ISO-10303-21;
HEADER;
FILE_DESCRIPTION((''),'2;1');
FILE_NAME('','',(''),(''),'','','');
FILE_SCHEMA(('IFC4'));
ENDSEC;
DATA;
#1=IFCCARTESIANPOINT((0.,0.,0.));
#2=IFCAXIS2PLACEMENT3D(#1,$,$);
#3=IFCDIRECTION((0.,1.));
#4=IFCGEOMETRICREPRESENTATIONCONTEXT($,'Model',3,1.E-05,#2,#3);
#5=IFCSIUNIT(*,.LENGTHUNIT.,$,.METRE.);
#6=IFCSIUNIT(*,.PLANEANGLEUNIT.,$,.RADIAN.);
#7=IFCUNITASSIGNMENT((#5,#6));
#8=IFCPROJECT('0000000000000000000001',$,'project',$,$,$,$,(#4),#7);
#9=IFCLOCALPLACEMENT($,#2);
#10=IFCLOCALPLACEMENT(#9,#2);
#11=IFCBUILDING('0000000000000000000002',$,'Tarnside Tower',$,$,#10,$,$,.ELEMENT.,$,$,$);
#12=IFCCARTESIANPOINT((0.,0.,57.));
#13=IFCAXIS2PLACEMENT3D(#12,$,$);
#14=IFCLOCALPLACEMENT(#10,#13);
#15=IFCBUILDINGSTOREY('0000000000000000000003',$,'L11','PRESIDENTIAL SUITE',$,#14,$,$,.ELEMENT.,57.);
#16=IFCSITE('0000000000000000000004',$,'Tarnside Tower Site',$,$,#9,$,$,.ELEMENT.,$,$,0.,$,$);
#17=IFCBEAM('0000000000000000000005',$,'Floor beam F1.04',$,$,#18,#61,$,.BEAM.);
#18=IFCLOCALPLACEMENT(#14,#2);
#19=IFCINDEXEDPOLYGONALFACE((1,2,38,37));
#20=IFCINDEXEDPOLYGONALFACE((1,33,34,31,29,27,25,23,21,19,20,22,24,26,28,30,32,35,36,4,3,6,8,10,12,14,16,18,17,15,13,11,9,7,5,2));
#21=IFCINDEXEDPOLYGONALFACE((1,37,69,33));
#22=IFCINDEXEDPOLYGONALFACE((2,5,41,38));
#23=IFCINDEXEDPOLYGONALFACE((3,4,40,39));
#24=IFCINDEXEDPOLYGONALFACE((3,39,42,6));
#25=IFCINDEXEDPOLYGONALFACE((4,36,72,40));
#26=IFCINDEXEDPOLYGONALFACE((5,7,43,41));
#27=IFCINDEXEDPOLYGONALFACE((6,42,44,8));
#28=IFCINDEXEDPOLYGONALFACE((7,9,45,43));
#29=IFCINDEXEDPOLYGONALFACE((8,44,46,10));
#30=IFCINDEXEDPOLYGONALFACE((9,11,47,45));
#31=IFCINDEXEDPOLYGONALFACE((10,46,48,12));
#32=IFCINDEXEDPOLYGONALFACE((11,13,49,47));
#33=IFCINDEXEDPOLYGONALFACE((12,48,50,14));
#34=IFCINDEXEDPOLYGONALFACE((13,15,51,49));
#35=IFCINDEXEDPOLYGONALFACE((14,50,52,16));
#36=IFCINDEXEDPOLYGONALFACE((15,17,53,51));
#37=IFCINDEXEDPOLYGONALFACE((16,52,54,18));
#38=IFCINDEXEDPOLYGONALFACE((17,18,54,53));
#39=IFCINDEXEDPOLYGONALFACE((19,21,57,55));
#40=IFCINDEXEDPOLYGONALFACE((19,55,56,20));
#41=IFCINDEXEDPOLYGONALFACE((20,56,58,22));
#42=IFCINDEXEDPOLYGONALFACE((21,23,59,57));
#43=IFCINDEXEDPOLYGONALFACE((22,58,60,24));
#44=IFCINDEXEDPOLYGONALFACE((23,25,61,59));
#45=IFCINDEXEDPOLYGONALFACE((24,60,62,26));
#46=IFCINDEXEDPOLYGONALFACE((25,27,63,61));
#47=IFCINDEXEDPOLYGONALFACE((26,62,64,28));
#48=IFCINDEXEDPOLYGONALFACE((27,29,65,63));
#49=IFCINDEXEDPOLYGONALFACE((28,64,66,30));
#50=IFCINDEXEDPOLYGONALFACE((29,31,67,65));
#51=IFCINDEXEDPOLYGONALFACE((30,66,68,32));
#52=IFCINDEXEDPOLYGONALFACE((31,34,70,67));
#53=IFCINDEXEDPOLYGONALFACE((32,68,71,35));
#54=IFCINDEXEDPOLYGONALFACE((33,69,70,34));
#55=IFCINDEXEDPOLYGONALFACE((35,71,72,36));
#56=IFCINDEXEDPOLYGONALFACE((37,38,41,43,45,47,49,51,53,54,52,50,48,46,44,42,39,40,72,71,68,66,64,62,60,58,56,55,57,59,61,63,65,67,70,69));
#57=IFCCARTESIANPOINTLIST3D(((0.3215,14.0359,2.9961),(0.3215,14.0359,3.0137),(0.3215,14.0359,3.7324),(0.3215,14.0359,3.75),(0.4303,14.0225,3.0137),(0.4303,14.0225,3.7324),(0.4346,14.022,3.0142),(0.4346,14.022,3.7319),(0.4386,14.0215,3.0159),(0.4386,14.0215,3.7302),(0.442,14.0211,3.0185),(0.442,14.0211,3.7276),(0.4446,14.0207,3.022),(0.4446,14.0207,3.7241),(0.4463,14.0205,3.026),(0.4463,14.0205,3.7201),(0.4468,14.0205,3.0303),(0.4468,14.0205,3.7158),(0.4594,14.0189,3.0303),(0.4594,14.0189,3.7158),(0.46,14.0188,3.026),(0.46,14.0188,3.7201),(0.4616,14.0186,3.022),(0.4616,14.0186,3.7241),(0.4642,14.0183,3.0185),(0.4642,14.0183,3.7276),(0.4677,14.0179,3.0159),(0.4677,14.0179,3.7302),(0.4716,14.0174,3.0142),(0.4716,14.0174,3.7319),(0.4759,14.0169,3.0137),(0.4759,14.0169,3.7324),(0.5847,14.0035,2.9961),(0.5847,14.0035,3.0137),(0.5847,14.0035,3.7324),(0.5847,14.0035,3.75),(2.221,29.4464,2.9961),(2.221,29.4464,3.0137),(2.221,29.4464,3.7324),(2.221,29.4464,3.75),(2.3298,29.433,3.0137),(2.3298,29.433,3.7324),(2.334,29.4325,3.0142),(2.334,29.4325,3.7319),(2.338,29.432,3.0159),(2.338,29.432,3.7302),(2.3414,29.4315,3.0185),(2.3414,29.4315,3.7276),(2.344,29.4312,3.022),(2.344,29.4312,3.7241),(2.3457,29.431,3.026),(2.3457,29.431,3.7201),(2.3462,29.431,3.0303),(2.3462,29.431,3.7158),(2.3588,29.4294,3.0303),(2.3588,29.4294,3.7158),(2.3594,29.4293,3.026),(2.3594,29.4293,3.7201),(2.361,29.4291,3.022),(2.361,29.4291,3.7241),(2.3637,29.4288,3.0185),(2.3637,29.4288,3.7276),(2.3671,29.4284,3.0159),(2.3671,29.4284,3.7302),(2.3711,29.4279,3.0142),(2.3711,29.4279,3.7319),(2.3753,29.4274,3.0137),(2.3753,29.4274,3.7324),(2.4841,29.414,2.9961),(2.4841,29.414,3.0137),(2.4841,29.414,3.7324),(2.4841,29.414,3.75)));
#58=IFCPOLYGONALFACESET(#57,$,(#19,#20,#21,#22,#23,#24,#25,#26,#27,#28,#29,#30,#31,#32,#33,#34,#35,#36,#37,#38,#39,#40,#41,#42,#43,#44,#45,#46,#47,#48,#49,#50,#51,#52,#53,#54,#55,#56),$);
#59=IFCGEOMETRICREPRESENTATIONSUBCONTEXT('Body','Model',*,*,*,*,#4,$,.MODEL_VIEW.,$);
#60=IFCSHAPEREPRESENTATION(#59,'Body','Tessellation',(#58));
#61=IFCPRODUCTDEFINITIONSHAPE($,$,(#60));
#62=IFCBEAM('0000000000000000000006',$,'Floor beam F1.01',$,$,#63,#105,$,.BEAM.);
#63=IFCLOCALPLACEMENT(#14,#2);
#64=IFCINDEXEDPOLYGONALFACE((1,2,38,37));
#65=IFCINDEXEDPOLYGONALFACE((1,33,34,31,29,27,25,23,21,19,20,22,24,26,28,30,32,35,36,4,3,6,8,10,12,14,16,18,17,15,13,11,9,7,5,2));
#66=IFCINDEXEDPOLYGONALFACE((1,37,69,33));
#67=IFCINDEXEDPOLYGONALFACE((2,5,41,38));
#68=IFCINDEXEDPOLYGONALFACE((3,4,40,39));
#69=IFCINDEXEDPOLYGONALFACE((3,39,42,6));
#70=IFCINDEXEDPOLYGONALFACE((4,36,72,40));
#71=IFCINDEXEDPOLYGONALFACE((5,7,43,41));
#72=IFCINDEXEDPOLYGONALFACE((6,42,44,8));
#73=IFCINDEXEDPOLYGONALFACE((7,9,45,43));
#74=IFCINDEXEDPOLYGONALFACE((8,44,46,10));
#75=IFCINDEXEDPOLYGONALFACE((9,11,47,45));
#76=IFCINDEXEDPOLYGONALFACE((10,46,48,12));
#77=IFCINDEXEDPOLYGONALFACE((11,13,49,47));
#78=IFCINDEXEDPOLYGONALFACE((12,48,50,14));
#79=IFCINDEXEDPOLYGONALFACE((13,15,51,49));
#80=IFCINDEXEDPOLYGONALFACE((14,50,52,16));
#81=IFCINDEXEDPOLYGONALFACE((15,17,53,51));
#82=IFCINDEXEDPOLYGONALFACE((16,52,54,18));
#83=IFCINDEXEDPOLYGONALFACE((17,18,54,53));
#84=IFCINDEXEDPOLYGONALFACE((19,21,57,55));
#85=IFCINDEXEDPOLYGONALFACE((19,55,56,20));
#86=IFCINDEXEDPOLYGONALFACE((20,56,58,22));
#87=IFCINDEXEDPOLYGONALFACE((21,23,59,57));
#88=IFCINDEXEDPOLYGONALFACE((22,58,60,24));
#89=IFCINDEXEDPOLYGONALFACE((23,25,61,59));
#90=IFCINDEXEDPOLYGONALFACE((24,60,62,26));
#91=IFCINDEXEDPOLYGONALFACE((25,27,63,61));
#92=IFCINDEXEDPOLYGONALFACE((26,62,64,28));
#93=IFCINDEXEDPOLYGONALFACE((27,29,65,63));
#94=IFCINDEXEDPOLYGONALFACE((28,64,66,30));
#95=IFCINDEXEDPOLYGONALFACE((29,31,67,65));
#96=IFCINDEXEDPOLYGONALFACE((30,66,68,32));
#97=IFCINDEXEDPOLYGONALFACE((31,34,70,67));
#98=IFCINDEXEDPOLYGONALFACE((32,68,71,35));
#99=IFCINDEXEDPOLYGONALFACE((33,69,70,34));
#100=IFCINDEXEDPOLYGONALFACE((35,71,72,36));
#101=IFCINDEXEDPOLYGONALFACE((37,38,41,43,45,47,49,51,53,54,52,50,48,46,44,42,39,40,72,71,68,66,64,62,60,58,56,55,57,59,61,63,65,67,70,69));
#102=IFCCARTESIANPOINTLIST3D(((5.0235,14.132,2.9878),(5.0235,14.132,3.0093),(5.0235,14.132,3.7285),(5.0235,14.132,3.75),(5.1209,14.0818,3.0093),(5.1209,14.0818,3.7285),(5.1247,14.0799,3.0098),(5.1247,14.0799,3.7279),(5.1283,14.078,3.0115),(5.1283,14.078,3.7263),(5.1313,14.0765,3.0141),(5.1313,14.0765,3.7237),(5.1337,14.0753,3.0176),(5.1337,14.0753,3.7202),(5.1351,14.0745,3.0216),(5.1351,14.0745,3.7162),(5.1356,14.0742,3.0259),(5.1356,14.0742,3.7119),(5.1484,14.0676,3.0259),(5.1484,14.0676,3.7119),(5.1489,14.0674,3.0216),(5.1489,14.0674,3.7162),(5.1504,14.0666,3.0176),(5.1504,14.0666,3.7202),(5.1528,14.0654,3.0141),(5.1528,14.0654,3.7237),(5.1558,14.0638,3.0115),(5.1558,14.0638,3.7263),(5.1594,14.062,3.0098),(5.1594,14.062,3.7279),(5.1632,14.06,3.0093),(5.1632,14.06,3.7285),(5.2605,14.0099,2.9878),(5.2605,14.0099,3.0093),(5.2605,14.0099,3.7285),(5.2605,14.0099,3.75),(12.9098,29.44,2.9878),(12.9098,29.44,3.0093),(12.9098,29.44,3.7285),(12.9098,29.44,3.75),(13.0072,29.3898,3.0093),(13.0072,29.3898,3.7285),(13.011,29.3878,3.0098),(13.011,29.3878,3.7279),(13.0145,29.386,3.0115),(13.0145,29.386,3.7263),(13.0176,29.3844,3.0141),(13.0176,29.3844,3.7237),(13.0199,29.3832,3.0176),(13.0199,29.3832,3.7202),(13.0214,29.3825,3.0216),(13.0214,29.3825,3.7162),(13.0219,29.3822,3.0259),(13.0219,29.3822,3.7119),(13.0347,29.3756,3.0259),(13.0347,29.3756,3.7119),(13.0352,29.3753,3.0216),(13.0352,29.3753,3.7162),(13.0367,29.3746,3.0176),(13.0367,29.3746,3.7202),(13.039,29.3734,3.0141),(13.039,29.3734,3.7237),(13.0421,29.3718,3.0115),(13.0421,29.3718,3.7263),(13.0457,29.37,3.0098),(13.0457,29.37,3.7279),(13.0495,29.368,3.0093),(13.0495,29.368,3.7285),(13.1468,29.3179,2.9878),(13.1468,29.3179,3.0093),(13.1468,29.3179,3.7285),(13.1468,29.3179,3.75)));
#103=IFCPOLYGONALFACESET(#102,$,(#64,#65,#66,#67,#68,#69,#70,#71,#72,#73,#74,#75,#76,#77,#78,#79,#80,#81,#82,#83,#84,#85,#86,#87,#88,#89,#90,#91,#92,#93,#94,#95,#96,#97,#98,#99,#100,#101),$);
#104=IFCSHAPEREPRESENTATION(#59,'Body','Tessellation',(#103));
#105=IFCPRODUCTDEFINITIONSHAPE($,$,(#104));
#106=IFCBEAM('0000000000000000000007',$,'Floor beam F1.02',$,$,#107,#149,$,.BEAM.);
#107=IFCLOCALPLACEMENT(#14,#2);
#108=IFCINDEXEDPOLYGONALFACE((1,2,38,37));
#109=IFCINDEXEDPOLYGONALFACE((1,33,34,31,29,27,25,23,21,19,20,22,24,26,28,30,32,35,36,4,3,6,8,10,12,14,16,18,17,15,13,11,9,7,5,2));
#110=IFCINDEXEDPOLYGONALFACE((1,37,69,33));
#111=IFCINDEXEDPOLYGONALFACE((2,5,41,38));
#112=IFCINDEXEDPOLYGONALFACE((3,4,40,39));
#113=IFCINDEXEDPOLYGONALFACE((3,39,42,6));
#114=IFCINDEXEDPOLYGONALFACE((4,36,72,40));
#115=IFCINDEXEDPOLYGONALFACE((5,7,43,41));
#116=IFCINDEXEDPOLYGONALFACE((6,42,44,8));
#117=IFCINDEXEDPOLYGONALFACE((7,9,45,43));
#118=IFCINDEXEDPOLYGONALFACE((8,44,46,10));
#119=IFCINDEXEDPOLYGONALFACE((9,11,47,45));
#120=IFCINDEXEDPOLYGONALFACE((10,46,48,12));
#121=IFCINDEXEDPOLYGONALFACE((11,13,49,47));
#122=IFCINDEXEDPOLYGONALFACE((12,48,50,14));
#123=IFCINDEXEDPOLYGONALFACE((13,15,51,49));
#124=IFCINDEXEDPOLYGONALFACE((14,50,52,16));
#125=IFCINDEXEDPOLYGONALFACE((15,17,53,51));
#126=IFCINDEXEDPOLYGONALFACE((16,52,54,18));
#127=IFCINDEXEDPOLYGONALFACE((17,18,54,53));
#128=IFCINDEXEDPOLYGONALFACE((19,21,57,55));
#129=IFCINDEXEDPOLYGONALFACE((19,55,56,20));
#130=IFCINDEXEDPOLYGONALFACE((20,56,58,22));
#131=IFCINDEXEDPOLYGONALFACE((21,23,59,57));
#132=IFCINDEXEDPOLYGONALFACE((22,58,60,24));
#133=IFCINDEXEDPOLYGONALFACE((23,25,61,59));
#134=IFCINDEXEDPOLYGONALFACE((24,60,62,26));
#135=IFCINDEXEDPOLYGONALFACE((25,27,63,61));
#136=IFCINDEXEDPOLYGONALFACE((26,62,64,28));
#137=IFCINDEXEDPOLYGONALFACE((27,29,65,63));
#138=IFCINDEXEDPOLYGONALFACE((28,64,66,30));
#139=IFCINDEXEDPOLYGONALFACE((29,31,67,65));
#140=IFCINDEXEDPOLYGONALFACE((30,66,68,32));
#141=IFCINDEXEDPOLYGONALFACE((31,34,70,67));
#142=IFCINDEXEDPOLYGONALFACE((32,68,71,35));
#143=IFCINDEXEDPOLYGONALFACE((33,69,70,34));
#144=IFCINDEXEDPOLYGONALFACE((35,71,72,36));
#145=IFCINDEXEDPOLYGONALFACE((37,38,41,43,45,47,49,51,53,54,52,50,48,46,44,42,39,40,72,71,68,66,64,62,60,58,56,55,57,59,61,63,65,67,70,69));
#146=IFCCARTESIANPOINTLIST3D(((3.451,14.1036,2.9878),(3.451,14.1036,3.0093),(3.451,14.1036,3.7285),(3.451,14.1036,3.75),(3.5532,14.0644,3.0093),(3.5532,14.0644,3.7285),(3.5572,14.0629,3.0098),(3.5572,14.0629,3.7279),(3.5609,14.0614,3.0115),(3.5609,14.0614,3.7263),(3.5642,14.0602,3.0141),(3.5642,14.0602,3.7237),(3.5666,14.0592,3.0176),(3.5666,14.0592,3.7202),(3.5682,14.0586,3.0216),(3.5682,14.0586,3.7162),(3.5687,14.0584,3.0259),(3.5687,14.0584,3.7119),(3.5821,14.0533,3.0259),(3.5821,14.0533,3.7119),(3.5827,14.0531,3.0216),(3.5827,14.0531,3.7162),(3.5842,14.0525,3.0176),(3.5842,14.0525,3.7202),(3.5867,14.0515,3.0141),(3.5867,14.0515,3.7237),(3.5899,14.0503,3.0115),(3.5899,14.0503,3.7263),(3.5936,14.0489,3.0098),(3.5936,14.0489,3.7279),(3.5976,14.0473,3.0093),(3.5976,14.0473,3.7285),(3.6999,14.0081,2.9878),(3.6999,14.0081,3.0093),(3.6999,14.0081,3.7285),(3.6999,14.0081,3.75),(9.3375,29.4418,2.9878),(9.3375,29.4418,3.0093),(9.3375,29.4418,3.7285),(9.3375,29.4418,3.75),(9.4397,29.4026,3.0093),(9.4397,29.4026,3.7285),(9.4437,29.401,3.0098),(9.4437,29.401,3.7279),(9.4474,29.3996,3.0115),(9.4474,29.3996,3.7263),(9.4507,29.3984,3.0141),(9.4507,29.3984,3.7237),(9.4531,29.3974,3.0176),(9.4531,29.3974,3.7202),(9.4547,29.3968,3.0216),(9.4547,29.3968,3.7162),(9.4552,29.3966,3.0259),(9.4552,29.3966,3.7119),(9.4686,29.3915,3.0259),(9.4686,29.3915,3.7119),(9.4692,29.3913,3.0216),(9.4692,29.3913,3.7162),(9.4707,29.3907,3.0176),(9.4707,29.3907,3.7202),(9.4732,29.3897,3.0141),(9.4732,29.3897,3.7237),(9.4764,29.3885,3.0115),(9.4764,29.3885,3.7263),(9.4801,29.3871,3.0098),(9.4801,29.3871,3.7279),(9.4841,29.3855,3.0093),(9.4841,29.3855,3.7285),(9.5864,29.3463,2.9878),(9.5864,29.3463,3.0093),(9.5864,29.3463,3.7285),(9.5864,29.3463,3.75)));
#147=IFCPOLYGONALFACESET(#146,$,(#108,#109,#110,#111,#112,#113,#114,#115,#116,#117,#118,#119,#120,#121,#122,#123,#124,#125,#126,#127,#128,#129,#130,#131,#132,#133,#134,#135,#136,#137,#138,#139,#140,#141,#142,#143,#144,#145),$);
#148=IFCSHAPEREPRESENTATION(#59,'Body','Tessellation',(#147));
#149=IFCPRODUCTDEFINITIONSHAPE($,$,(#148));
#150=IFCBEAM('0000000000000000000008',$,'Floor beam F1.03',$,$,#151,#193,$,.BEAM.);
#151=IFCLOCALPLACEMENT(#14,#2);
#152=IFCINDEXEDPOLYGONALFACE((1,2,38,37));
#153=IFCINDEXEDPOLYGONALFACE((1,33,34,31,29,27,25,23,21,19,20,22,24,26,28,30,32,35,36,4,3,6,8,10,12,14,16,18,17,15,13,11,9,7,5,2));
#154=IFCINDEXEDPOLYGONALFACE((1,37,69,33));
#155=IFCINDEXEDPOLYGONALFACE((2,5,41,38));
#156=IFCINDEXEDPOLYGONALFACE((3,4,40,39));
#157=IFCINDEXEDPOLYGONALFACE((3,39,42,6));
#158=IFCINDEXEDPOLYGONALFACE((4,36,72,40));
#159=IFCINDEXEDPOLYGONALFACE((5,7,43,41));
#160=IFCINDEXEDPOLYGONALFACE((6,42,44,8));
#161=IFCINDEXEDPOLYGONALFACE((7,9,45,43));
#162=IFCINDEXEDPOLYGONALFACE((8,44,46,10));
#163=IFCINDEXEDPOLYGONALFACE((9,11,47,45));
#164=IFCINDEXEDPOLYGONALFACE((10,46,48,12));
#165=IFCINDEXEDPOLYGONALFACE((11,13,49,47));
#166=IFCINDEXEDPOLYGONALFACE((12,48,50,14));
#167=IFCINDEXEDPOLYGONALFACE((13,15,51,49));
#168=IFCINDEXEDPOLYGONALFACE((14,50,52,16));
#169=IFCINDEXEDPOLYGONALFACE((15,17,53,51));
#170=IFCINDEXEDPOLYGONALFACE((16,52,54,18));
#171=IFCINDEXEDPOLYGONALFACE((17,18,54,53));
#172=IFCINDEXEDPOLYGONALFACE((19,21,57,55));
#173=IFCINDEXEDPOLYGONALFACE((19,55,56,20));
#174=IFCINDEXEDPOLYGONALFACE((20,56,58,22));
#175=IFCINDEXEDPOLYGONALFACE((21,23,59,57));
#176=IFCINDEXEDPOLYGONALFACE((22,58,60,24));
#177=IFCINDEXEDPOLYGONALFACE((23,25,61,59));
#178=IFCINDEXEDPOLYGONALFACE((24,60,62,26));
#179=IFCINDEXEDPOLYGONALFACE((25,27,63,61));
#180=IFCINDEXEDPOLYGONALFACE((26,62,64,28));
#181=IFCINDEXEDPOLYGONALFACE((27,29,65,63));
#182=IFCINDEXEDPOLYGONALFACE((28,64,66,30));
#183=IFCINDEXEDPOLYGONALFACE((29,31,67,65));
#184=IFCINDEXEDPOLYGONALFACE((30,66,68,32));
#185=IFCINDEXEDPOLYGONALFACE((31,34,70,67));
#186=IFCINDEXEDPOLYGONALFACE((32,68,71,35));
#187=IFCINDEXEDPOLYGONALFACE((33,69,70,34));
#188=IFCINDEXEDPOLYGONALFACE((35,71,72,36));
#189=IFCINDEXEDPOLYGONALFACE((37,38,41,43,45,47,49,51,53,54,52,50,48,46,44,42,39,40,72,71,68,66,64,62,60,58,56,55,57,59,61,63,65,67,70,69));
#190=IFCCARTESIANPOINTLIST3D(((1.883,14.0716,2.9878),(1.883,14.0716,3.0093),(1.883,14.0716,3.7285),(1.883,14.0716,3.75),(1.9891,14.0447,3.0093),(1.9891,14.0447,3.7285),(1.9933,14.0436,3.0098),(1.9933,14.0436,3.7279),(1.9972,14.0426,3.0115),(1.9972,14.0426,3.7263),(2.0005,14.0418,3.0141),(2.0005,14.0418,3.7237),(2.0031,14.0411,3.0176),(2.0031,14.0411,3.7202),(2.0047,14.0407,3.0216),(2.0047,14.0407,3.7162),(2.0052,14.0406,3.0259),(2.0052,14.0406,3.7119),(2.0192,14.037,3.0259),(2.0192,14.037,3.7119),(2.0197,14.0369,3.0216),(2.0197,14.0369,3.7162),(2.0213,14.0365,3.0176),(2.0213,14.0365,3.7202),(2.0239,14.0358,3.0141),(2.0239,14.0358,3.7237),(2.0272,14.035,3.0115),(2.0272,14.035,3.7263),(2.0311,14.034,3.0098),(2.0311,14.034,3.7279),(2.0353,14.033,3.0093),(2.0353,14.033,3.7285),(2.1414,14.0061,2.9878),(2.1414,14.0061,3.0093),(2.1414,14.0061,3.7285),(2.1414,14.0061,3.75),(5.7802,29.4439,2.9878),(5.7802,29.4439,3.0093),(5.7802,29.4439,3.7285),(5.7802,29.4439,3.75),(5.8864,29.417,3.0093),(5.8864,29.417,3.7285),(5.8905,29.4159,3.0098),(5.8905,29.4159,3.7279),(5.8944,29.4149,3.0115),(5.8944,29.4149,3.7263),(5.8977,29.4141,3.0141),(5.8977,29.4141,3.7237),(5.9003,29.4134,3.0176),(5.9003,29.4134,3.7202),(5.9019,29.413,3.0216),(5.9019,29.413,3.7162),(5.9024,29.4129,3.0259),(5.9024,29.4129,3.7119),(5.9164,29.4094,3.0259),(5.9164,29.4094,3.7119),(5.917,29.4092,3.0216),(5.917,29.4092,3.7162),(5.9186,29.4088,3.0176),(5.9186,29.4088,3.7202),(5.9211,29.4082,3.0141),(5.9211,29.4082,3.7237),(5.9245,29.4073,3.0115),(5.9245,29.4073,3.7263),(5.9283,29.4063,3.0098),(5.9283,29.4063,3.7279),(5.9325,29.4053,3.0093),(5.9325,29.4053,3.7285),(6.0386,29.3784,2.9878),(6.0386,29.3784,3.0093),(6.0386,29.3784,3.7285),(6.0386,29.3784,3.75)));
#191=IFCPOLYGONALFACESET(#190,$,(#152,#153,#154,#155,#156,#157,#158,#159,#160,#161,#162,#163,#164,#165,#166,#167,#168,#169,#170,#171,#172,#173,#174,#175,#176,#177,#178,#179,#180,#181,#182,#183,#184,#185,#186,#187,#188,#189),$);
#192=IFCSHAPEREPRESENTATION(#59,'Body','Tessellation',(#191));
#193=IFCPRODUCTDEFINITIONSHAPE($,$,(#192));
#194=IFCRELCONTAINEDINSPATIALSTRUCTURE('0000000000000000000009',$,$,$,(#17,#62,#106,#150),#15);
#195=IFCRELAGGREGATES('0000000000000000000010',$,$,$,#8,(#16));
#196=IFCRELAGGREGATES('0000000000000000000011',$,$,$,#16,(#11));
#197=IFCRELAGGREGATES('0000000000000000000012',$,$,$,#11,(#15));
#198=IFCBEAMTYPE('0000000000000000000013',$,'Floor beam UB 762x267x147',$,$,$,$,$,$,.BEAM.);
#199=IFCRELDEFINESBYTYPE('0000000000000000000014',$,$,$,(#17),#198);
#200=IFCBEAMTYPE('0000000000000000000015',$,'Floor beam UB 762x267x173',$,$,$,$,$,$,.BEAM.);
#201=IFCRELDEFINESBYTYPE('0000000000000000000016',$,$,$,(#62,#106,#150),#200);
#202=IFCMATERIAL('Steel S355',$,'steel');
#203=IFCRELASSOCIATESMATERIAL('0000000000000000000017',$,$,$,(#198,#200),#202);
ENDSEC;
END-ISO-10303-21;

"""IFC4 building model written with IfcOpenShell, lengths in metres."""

from ifc_helpers import new_model, si_unit, direction, frame, origin, origin_2d, place, context, subcontext, project, spatial, i_section, extrude, material, material_profile, profile_set, type_object, element, save


model = new_model("IFC4")

# Units and contexts
model_context = context("Model", 3, precision=1e-05, world=origin(), true_north=direction((0.0, 1.0)))
body_context = subcontext(model_context, "Body", "Model", "MODEL_VIEW")
ifc_project = project(units=[si_unit("LENGTHUNIT", "METRE"), si_unit("PLANEANGLEUNIT", "RADIAN")], contexts=[model_context])

# Site, building, storey
site_placement = place(None, origin())
site = spatial("IfcSite", under=ifc_project, at=site_placement, Name="Tarnside Tower Site", CompositionType="ELEMENT", RefElevation=0.0)
building_placement = place(site_placement, origin())
building = spatial("IfcBuilding", under=site, at=building_placement, Name="Tarnside Tower", CompositionType="ELEMENT")
storey_placement = place(building_placement, frame((0.0, 0.0, 57.0)))
storey = spatial("IfcBuildingStorey", under=building, at=storey_placement, Name="L11", Description="PRESIDENTIAL SUITE", CompositionType="ELEMENT", Elevation=57.0)

# Beams
ifc_material_1 = material(Name="Steel S355", Category="steel")
ifc_material_profile_1 = material_profile(ifc_material_1, i_section(OverallWidth=0.2651, OverallDepth=0.7539, WebThickness=0.0127, FlangeThickness=0.0176, FilletRadius=0.0166, at=origin_2d()), Name="UB 762x267x147")
ifc_profile_set_1 = profile_set([ifc_material_profile_1], Name="Steel S355")
beam_type_1 = type_object("IfcBeamType", Name="Floor beam UB 762x267x147", PredefinedType="BEAM", material=ifc_profile_set_1)
beam_1_placement = place(storey_placement, frame((2.3525, 29.4302, 3.373), z_axis=(-0.12233, -0.99249, 0.0), x_axis=(0.99249, -0.12233, 0.0)))
element("IfcBeam", 1, at=beam_1_placement, inside=storey, type_object=beam_type_1, Name="Floor beam F1.04", PredefinedType="BEAM", context=body_context, shape_type="SweptSolid", body=[
    extrude(i_section(OverallWidth=0.2651, OverallDepth=0.7539, WebThickness=0.0127, FlangeThickness=0.0176, FilletRadius=0.0166, at=origin_2d()), origin(), (0.0, 0.0, 1.0), 15.5271),
])
ifc_material_profile_2 = material_profile(ifc_material_1, i_section(OverallWidth=0.2666, OverallDepth=0.7622, WebThickness=0.0144, FlangeThickness=0.0215, FilletRadius=0.0166, at=origin_2d()), Name="UB 762x267x173")
ifc_profile_set_2 = profile_set([ifc_material_profile_2], Name="Steel S355")
beam_type_2 = type_object("IfcBeamType", Name="Floor beam UB 762x267x173", PredefinedType="BEAM", material=ifc_profile_set_2)
beam_2_placement = place(storey_placement, frame((13.0283, 29.3789, 3.3689), z_axis=(-0.457973, -0.888966, 0.0), x_axis=(0.888966, -0.457973, 0.0)))
element("IfcBeam", 2, at=beam_2_placement, inside=storey, type_object=beam_type_2, Name="Floor beam F1.01", PredefinedType="BEAM", context=body_context, shape_type="SweptSolid", body=[
    extrude(i_section(OverallWidth=0.2666, OverallDepth=0.7622, WebThickness=0.0144, FlangeThickness=0.0215, FilletRadius=0.0166, at=origin_2d()), origin(), (0.0, 0.0, 1.0), 17.22),
])
beam_3_placement = place(storey_placement, frame((9.4619, 29.394, 3.3689), z_axis=(-0.3583, -0.933607, 0.0), x_axis=(0.933607, -0.3583, 0.0)))
element("IfcBeam", 3, at=beam_3_placement, inside=storey, type_object=beam_type_2, Name="Floor beam F1.02", PredefinedType="BEAM", context=body_context, shape_type="SweptSolid", body=[
    extrude(i_section(OverallWidth=0.2666, OverallDepth=0.7622, WebThickness=0.0144, FlangeThickness=0.0215, FilletRadius=0.0166, at=origin_2d()), origin(), (0.0, 0.0, 1.0), 16.429),
])
beam_4_placement = place(storey_placement, frame((5.9094, 29.4111, 3.3689), z_axis=(-0.245747, -0.969334, 0.0), x_axis=(0.969334, -0.245747, 0.0)))
element("IfcBeam", 4, at=beam_4_placement, inside=storey, type_object=beam_type_2, Name="Floor beam F1.03", PredefinedType="BEAM", context=body_context, shape_type="SweptSolid", body=[
    extrude(i_section(OverallWidth=0.2666, OverallDepth=0.7622, WebThickness=0.0144, FlangeThickness=0.0215, FilletRadius=0.0166, at=origin_2d()), origin(), (0.0, 0.0, 1.0), 15.8586),
])

save(model, "model.ifc")
